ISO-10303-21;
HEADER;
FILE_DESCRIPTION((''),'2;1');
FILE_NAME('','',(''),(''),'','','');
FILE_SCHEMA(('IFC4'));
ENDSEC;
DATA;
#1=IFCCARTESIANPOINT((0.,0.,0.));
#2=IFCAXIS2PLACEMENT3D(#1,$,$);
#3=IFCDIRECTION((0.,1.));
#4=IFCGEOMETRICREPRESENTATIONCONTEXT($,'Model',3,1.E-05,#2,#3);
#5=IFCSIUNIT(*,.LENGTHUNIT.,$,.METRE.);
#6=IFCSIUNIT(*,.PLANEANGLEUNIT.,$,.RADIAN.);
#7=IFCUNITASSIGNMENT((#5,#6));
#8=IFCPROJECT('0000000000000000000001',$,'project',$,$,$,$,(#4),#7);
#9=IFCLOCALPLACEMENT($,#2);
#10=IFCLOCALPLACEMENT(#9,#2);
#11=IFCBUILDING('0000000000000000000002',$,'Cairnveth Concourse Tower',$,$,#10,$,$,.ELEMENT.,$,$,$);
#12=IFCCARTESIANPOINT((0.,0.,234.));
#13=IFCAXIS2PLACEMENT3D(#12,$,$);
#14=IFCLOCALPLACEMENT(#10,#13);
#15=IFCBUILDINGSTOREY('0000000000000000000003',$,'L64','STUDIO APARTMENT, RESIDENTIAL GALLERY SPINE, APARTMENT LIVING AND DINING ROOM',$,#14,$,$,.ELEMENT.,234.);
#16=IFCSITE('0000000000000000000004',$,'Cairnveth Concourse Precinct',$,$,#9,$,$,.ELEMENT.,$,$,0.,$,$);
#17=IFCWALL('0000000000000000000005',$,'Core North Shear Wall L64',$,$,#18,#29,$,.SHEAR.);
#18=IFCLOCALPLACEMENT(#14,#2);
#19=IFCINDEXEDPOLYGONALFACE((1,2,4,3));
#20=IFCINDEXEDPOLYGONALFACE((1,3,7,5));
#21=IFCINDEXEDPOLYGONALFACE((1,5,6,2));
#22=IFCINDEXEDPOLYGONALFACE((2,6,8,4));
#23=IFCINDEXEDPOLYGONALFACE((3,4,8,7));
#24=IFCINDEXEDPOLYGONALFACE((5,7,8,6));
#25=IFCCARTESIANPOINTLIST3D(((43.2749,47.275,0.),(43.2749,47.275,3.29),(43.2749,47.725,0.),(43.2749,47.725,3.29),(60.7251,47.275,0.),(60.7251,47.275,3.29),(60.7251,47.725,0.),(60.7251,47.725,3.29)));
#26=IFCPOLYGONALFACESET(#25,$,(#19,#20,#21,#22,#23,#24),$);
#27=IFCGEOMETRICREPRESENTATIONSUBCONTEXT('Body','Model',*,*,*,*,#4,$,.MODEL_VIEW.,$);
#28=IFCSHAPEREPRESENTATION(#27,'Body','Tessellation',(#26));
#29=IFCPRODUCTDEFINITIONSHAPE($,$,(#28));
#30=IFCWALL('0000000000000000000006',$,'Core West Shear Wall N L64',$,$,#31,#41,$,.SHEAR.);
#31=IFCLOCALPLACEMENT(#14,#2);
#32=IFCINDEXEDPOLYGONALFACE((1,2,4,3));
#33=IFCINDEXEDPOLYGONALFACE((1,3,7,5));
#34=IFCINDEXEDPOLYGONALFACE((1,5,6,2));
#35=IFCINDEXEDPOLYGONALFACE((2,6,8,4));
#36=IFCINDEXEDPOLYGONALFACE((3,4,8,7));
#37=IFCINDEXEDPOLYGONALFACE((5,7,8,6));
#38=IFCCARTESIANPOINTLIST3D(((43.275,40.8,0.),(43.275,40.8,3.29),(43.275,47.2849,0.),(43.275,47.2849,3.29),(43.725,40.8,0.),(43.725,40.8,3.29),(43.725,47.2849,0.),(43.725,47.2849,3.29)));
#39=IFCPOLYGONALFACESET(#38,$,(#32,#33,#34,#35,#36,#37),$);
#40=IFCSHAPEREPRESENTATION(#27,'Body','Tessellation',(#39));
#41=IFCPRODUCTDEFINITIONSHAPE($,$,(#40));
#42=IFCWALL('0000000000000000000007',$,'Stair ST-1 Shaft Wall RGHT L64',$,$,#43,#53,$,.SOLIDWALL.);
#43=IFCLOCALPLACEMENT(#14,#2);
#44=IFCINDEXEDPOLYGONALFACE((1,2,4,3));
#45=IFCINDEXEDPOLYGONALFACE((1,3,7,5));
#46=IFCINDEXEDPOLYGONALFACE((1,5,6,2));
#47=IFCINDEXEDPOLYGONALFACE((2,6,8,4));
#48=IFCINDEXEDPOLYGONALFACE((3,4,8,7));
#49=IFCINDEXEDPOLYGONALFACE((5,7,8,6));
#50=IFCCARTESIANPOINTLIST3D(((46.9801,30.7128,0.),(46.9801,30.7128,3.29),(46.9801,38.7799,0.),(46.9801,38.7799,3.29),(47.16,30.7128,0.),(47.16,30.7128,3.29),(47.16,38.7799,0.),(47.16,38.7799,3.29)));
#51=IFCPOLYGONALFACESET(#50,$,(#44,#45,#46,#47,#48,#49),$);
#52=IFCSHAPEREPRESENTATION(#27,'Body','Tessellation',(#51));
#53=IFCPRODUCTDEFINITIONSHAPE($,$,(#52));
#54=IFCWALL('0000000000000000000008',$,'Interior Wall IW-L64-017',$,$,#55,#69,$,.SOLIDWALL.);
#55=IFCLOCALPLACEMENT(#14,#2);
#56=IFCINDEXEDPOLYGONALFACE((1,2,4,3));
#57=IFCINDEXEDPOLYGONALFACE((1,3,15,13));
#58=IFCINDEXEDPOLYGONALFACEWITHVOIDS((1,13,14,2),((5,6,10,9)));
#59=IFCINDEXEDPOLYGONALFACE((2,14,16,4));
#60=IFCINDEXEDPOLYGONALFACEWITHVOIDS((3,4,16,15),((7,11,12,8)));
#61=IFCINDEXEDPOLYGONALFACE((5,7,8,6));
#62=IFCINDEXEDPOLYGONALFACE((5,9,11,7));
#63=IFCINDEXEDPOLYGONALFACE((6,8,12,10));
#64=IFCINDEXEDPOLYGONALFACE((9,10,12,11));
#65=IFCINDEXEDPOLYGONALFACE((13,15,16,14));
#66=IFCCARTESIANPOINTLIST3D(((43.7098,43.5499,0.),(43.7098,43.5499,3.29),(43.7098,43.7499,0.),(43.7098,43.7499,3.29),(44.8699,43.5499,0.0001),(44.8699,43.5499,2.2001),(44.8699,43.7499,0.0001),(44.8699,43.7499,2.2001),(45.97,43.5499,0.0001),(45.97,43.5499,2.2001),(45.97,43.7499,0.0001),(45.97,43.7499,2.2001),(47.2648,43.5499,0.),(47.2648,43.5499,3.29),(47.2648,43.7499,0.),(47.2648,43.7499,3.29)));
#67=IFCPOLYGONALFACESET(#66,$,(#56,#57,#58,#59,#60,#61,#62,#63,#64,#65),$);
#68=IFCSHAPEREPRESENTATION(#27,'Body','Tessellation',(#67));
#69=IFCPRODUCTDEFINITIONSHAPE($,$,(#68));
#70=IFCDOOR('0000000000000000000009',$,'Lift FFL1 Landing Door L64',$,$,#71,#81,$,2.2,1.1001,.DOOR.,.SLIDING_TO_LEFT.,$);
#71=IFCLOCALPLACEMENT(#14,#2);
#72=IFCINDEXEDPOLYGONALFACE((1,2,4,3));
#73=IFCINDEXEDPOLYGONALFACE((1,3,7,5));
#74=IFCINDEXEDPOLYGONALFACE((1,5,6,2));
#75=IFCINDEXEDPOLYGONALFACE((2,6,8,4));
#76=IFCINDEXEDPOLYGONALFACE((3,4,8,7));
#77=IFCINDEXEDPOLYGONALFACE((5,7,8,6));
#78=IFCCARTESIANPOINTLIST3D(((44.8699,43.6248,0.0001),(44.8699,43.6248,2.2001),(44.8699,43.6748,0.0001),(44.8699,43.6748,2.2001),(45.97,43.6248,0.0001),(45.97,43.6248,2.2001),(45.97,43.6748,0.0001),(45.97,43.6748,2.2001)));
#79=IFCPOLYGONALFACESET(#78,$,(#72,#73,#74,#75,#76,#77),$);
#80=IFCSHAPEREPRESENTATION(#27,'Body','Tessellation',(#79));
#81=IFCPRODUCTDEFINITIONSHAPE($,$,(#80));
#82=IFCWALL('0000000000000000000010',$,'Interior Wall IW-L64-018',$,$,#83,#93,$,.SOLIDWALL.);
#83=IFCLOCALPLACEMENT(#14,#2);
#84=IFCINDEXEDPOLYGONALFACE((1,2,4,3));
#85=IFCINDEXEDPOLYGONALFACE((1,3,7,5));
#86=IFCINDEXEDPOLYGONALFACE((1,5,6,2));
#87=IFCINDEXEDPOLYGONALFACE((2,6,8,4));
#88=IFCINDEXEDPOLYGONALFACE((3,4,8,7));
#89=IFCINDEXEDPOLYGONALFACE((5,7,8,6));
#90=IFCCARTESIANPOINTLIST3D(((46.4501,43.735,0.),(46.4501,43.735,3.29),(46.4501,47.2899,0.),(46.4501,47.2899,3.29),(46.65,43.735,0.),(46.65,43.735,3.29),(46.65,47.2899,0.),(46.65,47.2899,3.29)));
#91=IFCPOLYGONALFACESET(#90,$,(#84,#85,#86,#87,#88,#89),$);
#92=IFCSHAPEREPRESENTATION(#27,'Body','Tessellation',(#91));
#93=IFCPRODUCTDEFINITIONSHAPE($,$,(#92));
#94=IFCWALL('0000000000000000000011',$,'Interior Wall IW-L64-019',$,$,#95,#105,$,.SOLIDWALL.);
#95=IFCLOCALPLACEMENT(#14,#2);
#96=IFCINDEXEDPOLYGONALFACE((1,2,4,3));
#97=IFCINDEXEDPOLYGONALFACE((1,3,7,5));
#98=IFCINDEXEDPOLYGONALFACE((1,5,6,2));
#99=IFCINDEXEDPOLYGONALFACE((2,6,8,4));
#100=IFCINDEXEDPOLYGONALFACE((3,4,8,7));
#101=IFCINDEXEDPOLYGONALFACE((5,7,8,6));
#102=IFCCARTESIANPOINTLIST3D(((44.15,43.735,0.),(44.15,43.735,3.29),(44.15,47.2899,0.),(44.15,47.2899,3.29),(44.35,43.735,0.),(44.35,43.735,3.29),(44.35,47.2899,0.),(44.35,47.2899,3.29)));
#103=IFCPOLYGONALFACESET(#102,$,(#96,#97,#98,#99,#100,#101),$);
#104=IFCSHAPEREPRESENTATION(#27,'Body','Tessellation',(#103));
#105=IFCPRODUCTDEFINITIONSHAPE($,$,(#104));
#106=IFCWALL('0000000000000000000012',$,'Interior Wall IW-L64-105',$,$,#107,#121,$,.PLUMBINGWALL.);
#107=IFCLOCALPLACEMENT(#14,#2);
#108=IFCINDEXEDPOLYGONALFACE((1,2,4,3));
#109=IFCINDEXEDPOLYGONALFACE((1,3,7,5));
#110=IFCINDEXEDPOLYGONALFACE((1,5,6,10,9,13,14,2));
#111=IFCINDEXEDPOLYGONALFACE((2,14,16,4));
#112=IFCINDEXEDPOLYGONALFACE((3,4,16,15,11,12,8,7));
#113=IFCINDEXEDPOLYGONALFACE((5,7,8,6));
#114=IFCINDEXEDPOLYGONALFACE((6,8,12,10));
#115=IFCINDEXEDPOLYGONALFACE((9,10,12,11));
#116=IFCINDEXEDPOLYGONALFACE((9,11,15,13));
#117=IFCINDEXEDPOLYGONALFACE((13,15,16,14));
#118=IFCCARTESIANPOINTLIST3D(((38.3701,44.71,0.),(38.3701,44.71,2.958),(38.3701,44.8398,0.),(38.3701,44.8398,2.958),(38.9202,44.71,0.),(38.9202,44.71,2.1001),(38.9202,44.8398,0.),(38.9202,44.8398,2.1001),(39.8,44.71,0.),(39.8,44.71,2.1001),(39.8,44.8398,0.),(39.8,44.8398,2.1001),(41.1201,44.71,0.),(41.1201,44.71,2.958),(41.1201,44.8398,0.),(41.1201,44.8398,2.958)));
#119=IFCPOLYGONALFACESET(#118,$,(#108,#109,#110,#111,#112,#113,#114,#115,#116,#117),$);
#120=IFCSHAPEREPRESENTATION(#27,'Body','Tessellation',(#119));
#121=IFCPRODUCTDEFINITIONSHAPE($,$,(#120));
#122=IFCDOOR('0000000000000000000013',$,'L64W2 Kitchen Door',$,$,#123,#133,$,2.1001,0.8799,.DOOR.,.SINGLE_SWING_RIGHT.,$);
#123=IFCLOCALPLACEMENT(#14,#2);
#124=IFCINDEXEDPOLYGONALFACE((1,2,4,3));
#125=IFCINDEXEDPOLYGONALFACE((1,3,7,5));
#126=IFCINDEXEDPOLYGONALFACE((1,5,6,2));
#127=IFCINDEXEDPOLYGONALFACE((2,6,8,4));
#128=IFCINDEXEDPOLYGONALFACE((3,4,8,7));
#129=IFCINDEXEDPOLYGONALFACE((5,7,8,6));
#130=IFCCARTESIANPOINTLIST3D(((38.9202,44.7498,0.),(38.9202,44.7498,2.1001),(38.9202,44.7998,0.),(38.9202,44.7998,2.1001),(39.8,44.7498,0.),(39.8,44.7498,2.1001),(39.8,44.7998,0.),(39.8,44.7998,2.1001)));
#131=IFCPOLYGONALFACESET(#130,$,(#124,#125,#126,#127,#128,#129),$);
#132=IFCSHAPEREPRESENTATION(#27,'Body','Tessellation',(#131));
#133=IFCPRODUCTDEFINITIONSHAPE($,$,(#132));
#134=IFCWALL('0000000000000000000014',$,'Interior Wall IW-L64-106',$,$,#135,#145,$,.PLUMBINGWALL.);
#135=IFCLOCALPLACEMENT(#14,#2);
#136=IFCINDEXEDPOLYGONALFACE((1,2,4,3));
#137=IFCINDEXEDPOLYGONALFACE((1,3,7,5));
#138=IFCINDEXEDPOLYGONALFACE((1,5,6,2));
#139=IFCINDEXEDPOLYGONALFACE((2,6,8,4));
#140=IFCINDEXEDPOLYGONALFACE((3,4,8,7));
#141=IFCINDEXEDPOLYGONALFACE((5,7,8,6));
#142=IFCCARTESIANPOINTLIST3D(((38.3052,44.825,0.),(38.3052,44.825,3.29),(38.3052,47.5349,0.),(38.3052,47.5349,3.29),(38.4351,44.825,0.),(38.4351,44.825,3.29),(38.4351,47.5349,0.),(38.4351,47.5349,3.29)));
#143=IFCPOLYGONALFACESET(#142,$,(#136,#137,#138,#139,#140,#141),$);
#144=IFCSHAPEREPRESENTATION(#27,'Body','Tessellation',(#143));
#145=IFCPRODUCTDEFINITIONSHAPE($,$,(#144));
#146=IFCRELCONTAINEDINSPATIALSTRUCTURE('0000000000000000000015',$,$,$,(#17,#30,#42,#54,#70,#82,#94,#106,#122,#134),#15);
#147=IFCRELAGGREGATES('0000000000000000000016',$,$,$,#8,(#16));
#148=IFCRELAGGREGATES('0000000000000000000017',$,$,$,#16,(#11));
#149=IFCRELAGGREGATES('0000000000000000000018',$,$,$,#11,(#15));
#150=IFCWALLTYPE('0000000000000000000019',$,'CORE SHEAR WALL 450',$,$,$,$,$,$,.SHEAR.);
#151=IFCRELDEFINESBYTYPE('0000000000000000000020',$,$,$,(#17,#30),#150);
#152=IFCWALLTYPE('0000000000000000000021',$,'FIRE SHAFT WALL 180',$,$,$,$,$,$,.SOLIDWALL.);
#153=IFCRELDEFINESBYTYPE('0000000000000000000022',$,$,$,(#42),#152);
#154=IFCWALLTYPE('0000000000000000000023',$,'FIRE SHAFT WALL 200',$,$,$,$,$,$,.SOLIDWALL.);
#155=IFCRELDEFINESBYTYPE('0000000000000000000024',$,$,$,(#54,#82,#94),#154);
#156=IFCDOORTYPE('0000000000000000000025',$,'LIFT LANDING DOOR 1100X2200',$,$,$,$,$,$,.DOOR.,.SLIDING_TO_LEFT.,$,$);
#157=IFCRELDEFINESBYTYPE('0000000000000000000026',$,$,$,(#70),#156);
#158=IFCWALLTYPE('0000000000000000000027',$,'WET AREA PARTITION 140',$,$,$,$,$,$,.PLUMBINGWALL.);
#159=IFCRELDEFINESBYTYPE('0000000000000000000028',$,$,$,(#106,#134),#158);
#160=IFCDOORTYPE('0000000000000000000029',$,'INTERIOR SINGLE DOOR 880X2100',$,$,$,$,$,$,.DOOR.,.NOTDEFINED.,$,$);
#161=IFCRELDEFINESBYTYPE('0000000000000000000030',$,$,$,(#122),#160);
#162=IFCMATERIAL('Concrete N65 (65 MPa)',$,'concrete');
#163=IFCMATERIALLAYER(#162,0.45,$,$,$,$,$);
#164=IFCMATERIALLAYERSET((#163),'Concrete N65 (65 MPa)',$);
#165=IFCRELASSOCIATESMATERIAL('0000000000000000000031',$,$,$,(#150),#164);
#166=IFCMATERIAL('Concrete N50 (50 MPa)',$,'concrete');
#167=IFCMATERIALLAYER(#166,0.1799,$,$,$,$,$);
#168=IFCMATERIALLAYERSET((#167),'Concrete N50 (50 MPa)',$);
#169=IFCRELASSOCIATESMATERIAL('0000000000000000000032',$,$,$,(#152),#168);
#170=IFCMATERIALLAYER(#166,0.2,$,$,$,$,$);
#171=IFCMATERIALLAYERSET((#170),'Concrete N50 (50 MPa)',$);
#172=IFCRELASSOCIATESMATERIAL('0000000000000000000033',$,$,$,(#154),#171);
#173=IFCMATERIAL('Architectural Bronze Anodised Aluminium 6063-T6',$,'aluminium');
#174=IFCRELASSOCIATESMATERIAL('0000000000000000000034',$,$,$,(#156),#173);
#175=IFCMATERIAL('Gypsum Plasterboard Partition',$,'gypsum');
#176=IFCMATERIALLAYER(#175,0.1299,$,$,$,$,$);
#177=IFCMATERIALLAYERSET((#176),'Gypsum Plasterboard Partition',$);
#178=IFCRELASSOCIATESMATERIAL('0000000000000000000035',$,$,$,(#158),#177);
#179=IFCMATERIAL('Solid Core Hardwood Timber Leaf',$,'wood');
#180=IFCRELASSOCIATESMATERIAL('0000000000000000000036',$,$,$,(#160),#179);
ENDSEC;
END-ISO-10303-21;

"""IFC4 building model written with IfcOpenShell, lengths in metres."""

from ifc_helpers import new_model, si_unit, direction, frame, frame_2d, origin, place, context, subcontext, project, spatial, rectangle, extrude, material, layer, layer_set, type_object, element, fill, save


model = new_model("IFC4")

# Units and contexts
model_context = context("Model", 3, precision=1e-05, world=origin(), true_north=direction((0.0, 1.0)))
body_context = subcontext(model_context, "Body", "Model", "MODEL_VIEW")
ifc_project = project(units=[si_unit("LENGTHUNIT", "METRE"), si_unit("PLANEANGLEUNIT", "RADIAN")], contexts=[model_context])

# Site, building, storey
site_placement = place(None, origin())
site = spatial("IfcSite", under=ifc_project, at=site_placement, Name="Cairnveth Concourse Precinct", CompositionType="ELEMENT", RefElevation=0.0)
building_placement = place(site_placement, origin())
building = spatial("IfcBuilding", under=site, at=building_placement, Name="Cairnveth Concourse Tower", CompositionType="ELEMENT")
storey_placement = place(building_placement, frame((0.0, 0.0, 234.0)))
storey = spatial("IfcBuildingStorey", under=building, at=storey_placement, Name="L64", Description="STUDIO APARTMENT, RESIDENTIAL GALLERY SPINE, APARTMENT LIVING AND DINING ROOM", CompositionType="ELEMENT", Elevation=234.0)

# Shared definitions
ifc_material_1 = material(Name="Concrete N65 (65 MPa)", Category="concrete")

# Walls
ifc_layer_1 = layer(ifc_material_1, 0.45)
ifc_layer_set_1 = layer_set([ifc_layer_1], Name="Concrete N65 (65 MPa)")
wall_type_1 = type_object("IfcWallType", Name="CORE SHEAR WALL 450", PredefinedType="SHEAR", material=ifc_layer_set_1)
wall_1_placement = place(storey_placement, frame((43.2749, 47.5, 0.0), z_axis=(0.0, 0.0, 1.0), x_axis=(1.0, 0.0, 0.0)))
element("IfcWall", 1, at=wall_1_placement, inside=storey, type_object=wall_type_1, Name="Core North Shear Wall L64", PredefinedType="SHEAR", context=body_context, shape_type="SweptSolid", body=[
    extrude(rectangle(XDim=17.4502, YDim=0.45, at=frame_2d((8.7251, 0.0))), origin(), (0.0, 0.0, 1.0), 3.29),
])
wall_2_placement = place(storey_placement, frame((43.5, 40.8, 0.0), z_axis=(0.0, 0.0, 1.0), x_axis=(0.0, 1.0, 0.0)))
element("IfcWall", 2, at=wall_2_placement, inside=storey, type_object=wall_type_1, Name="Core West Shear Wall N L64", PredefinedType="SHEAR", context=body_context, shape_type="SweptSolid", body=[
    extrude(rectangle(XDim=6.4849, YDim=0.45, at=frame_2d((3.2424, 0.0))), origin(), (0.0, 0.0, 1.0), 3.29),
])

# Shared definitions
ifc_material_2 = material(Name="Concrete N50 (50 MPa)", Category="concrete")
ifc_layer_2 = layer(ifc_material_2, 0.1799)
ifc_layer_set_2 = layer_set([ifc_layer_2], Name="Concrete N50 (50 MPa)")
wall_type_2 = type_object("IfcWallType", Name="FIRE SHAFT WALL 180", PredefinedType="SOLIDWALL", material=ifc_layer_set_2)

# Wall
wall_3_placement = place(storey_placement, frame((47.0701, 38.78, 0.0), z_axis=(0.0, 0.0, 1.0), x_axis=(0.0, -1.0, 0.0)))
element("IfcWall", 3, at=wall_3_placement, inside=storey, type_object=wall_type_2, Name="Stair ST-1 Shaft Wall RGHT L64", PredefinedType="SOLIDWALL", context=body_context, shape_type="SweptSolid", body=[
    extrude(rectangle(XDim=8.0671, YDim=0.1799, at=frame_2d((4.0337, 0.0))), origin(), (0.0, 0.0, 1.0), 3.29),
])

# Wall, opening, door
ifc_layer_3 = layer(ifc_material_2, 0.2)
ifc_layer_set_3 = layer_set([ifc_layer_3], Name="Concrete N50 (50 MPa)")
wall_type_3 = type_object("IfcWallType", Name="FIRE SHAFT WALL 200", PredefinedType="SOLIDWALL", material=ifc_layer_set_3)
wall_4_placement = place(storey_placement, frame((43.71, 43.6499, 0.0), z_axis=(0.0, 0.0, 1.0), x_axis=(1.0, 0.0, 0.0)))
wall_4 = element("IfcWall", 4, at=wall_4_placement, inside=storey, type_object=wall_type_3, Name="Interior Wall IW-L64-017", PredefinedType="SOLIDWALL", context=body_context, shape_type="SweptSolid", body=[
    extrude(rectangle(XDim=3.5549, YDim=0.2, at=frame_2d((1.7773, 0.0))), origin(), (0.0, 0.0, 1.0), 3.29),
])
opening_1_placement = place(wall_4_placement, frame((1.1599, 0.0, 0.0)))
opening_1 = element("IfcOpeningElement", 5, at=opening_1_placement, cuts=wall_4, PredefinedType="OPENING", context=body_context, shape_type="SweptSolid", body=[
    extrude(rectangle(XDim=1.1001, YDim=2.2, at=frame_2d((0.55, 1.1001))), frame((0.0, 0.1099, 0.0), z_axis=(0.0, -1.0, 0.0), x_axis=(1.0, 0.0, 0.0)), (0.0, 0.0, 1.0), 0.22),
])
ifc_material_3 = material(Name="Architectural Bronze Anodised Aluminium 6063-T6", Category="aluminium")
door_type_1 = type_object("IfcDoorType", Name="LIFT LANDING DOOR 1100X2200", OperationType="SLIDING_TO_LEFT", PredefinedType="DOOR", material=ifc_material_3)
door_1_placement = place(opening_1_placement, origin())
door_1 = element("IfcDoor", 6, at=door_1_placement, inside=storey, type_object=door_type_1, Name="Lift FFL1 Landing Door L64", OperationType="SLIDING_TO_LEFT", OverallHeight=2.2, OverallWidth=1.1001, PredefinedType="DOOR", context=body_context, shape_type="SweptSolid", body=[
    extrude(rectangle(XDim=1.1001, YDim=2.2, at=frame_2d((0.55, 1.1001))), frame((0.0, 0.0249, 0.0), z_axis=(0.0, -1.0, 0.0), x_axis=(1.0, 0.0, 0.0)), (0.0, 0.0, 1.0), 0.05),
])
fill(opening_1, door_1)

# Walls
for number, where, z_axis, x_axis, name in (
    (7, (46.55, 43.7351, 0.0), (0.0, 0.0, 1.0), (0.0, 1.0, 0.0), "Interior Wall IW-L64-018"),
    (8, (44.25, 43.7351, 0.0), (0.0, 0.0, 1.0), (0.0, 1.0, 0.0), "Interior Wall IW-L64-019"),
):
    element("IfcWall", number, at=place(storey_placement, frame(where, z_axis=z_axis, x_axis=x_axis)), inside=storey, type_object=wall_type_3, Name=name, PredefinedType="SOLIDWALL", context=body_context, shape_type="SweptSolid", body=[
        extrude(rectangle(XDim=3.5549, YDim=0.2, at=frame_2d((1.7773, 0.0))), origin(), (0.0, 0.0, 1.0), 3.29),
    ])

# Wall, opening, door
ifc_material_4 = material(Name="Gypsum Plasterboard Partition", Category="gypsum")
ifc_layer_4 = layer(ifc_material_4, 0.1299)
ifc_layer_set_4 = layer_set([ifc_layer_4], Name="Gypsum Plasterboard Partition")
wall_type_4 = type_object("IfcWallType", Name="WET AREA PARTITION 140", PredefinedType="PLUMBINGWALL", material=ifc_layer_set_4)
wall_5_placement = place(storey_placement, frame((38.3701, 44.7749, 0.0), z_axis=(0.0, 0.0, 1.0), x_axis=(1.0, 0.0, 0.0)))
wall_5 = element("IfcWall", 9, at=wall_5_placement, inside=storey, type_object=wall_type_4, Name="Interior Wall IW-L64-105", PredefinedType="PLUMBINGWALL", context=body_context, shape_type="SweptSolid", body=[
    extrude(rectangle(XDim=2.75, YDim=0.1299, at=frame_2d((1.375, 0.0))), origin(), (0.0, 0.0, 1.0), 2.958),
])
opening_2_placement = place(wall_5_placement, frame((0.55, 0.0, 0.0)))
opening_2 = element("IfcOpeningElement", 10, at=opening_2_placement, cuts=wall_5, PredefinedType="OPENING", context=body_context, shape_type="SweptSolid", body=[
    extrude(rectangle(XDim=0.8799, YDim=2.1001, at=frame_2d((0.4399, 1.05))), frame((0.0, 0.075, 0.0), z_axis=(0.0, -1.0, 0.0), x_axis=(1.0, 0.0, 0.0)), (0.0, 0.0, 1.0), 0.1499),
])
ifc_material_5 = material(Name="Solid Core Hardwood Timber Leaf", Category="wood")
door_type_2 = type_object("IfcDoorType", Name="INTERIOR SINGLE DOOR 880X2100", OperationType="NOTDEFINED", PredefinedType="DOOR", material=ifc_material_5)
door_2_placement = place(opening_2_placement, origin())
door_2 = element("IfcDoor", 11, at=door_2_placement, inside=storey, type_object=door_type_2, Name="L64W2 Kitchen Door", OperationType="SINGLE_SWING_RIGHT", OverallHeight=2.1001, OverallWidth=0.8799, PredefinedType="DOOR", context=body_context, shape_type="SweptSolid", body=[
    extrude(rectangle(XDim=0.8799, YDim=2.1001, at=frame_2d((0.4399, 1.05))), frame((0.0, 0.0249, 0.0), z_axis=(0.0, -1.0, 0.0), x_axis=(1.0, 0.0, 0.0)), (0.0, 0.0, 1.0), 0.05),
])
fill(opening_2, door_2)

# Wall
wall_6_placement = place(storey_placement, frame((38.3701, 44.825, 0.0), z_axis=(0.0, 0.0, 1.0), x_axis=(0.0, 1.0, 0.0)))
element("IfcWall", 12, at=wall_6_placement, inside=storey, type_object=wall_type_4, Name="Interior Wall IW-L64-106", PredefinedType="PLUMBINGWALL", context=body_context, shape_type="SweptSolid", body=[
    extrude(rectangle(XDim=2.71, YDim=0.1299, at=frame_2d((1.355, 0.0))), origin(), (0.0, 0.0, 1.0), 3.29),
])

save(model, "model.ifc")
